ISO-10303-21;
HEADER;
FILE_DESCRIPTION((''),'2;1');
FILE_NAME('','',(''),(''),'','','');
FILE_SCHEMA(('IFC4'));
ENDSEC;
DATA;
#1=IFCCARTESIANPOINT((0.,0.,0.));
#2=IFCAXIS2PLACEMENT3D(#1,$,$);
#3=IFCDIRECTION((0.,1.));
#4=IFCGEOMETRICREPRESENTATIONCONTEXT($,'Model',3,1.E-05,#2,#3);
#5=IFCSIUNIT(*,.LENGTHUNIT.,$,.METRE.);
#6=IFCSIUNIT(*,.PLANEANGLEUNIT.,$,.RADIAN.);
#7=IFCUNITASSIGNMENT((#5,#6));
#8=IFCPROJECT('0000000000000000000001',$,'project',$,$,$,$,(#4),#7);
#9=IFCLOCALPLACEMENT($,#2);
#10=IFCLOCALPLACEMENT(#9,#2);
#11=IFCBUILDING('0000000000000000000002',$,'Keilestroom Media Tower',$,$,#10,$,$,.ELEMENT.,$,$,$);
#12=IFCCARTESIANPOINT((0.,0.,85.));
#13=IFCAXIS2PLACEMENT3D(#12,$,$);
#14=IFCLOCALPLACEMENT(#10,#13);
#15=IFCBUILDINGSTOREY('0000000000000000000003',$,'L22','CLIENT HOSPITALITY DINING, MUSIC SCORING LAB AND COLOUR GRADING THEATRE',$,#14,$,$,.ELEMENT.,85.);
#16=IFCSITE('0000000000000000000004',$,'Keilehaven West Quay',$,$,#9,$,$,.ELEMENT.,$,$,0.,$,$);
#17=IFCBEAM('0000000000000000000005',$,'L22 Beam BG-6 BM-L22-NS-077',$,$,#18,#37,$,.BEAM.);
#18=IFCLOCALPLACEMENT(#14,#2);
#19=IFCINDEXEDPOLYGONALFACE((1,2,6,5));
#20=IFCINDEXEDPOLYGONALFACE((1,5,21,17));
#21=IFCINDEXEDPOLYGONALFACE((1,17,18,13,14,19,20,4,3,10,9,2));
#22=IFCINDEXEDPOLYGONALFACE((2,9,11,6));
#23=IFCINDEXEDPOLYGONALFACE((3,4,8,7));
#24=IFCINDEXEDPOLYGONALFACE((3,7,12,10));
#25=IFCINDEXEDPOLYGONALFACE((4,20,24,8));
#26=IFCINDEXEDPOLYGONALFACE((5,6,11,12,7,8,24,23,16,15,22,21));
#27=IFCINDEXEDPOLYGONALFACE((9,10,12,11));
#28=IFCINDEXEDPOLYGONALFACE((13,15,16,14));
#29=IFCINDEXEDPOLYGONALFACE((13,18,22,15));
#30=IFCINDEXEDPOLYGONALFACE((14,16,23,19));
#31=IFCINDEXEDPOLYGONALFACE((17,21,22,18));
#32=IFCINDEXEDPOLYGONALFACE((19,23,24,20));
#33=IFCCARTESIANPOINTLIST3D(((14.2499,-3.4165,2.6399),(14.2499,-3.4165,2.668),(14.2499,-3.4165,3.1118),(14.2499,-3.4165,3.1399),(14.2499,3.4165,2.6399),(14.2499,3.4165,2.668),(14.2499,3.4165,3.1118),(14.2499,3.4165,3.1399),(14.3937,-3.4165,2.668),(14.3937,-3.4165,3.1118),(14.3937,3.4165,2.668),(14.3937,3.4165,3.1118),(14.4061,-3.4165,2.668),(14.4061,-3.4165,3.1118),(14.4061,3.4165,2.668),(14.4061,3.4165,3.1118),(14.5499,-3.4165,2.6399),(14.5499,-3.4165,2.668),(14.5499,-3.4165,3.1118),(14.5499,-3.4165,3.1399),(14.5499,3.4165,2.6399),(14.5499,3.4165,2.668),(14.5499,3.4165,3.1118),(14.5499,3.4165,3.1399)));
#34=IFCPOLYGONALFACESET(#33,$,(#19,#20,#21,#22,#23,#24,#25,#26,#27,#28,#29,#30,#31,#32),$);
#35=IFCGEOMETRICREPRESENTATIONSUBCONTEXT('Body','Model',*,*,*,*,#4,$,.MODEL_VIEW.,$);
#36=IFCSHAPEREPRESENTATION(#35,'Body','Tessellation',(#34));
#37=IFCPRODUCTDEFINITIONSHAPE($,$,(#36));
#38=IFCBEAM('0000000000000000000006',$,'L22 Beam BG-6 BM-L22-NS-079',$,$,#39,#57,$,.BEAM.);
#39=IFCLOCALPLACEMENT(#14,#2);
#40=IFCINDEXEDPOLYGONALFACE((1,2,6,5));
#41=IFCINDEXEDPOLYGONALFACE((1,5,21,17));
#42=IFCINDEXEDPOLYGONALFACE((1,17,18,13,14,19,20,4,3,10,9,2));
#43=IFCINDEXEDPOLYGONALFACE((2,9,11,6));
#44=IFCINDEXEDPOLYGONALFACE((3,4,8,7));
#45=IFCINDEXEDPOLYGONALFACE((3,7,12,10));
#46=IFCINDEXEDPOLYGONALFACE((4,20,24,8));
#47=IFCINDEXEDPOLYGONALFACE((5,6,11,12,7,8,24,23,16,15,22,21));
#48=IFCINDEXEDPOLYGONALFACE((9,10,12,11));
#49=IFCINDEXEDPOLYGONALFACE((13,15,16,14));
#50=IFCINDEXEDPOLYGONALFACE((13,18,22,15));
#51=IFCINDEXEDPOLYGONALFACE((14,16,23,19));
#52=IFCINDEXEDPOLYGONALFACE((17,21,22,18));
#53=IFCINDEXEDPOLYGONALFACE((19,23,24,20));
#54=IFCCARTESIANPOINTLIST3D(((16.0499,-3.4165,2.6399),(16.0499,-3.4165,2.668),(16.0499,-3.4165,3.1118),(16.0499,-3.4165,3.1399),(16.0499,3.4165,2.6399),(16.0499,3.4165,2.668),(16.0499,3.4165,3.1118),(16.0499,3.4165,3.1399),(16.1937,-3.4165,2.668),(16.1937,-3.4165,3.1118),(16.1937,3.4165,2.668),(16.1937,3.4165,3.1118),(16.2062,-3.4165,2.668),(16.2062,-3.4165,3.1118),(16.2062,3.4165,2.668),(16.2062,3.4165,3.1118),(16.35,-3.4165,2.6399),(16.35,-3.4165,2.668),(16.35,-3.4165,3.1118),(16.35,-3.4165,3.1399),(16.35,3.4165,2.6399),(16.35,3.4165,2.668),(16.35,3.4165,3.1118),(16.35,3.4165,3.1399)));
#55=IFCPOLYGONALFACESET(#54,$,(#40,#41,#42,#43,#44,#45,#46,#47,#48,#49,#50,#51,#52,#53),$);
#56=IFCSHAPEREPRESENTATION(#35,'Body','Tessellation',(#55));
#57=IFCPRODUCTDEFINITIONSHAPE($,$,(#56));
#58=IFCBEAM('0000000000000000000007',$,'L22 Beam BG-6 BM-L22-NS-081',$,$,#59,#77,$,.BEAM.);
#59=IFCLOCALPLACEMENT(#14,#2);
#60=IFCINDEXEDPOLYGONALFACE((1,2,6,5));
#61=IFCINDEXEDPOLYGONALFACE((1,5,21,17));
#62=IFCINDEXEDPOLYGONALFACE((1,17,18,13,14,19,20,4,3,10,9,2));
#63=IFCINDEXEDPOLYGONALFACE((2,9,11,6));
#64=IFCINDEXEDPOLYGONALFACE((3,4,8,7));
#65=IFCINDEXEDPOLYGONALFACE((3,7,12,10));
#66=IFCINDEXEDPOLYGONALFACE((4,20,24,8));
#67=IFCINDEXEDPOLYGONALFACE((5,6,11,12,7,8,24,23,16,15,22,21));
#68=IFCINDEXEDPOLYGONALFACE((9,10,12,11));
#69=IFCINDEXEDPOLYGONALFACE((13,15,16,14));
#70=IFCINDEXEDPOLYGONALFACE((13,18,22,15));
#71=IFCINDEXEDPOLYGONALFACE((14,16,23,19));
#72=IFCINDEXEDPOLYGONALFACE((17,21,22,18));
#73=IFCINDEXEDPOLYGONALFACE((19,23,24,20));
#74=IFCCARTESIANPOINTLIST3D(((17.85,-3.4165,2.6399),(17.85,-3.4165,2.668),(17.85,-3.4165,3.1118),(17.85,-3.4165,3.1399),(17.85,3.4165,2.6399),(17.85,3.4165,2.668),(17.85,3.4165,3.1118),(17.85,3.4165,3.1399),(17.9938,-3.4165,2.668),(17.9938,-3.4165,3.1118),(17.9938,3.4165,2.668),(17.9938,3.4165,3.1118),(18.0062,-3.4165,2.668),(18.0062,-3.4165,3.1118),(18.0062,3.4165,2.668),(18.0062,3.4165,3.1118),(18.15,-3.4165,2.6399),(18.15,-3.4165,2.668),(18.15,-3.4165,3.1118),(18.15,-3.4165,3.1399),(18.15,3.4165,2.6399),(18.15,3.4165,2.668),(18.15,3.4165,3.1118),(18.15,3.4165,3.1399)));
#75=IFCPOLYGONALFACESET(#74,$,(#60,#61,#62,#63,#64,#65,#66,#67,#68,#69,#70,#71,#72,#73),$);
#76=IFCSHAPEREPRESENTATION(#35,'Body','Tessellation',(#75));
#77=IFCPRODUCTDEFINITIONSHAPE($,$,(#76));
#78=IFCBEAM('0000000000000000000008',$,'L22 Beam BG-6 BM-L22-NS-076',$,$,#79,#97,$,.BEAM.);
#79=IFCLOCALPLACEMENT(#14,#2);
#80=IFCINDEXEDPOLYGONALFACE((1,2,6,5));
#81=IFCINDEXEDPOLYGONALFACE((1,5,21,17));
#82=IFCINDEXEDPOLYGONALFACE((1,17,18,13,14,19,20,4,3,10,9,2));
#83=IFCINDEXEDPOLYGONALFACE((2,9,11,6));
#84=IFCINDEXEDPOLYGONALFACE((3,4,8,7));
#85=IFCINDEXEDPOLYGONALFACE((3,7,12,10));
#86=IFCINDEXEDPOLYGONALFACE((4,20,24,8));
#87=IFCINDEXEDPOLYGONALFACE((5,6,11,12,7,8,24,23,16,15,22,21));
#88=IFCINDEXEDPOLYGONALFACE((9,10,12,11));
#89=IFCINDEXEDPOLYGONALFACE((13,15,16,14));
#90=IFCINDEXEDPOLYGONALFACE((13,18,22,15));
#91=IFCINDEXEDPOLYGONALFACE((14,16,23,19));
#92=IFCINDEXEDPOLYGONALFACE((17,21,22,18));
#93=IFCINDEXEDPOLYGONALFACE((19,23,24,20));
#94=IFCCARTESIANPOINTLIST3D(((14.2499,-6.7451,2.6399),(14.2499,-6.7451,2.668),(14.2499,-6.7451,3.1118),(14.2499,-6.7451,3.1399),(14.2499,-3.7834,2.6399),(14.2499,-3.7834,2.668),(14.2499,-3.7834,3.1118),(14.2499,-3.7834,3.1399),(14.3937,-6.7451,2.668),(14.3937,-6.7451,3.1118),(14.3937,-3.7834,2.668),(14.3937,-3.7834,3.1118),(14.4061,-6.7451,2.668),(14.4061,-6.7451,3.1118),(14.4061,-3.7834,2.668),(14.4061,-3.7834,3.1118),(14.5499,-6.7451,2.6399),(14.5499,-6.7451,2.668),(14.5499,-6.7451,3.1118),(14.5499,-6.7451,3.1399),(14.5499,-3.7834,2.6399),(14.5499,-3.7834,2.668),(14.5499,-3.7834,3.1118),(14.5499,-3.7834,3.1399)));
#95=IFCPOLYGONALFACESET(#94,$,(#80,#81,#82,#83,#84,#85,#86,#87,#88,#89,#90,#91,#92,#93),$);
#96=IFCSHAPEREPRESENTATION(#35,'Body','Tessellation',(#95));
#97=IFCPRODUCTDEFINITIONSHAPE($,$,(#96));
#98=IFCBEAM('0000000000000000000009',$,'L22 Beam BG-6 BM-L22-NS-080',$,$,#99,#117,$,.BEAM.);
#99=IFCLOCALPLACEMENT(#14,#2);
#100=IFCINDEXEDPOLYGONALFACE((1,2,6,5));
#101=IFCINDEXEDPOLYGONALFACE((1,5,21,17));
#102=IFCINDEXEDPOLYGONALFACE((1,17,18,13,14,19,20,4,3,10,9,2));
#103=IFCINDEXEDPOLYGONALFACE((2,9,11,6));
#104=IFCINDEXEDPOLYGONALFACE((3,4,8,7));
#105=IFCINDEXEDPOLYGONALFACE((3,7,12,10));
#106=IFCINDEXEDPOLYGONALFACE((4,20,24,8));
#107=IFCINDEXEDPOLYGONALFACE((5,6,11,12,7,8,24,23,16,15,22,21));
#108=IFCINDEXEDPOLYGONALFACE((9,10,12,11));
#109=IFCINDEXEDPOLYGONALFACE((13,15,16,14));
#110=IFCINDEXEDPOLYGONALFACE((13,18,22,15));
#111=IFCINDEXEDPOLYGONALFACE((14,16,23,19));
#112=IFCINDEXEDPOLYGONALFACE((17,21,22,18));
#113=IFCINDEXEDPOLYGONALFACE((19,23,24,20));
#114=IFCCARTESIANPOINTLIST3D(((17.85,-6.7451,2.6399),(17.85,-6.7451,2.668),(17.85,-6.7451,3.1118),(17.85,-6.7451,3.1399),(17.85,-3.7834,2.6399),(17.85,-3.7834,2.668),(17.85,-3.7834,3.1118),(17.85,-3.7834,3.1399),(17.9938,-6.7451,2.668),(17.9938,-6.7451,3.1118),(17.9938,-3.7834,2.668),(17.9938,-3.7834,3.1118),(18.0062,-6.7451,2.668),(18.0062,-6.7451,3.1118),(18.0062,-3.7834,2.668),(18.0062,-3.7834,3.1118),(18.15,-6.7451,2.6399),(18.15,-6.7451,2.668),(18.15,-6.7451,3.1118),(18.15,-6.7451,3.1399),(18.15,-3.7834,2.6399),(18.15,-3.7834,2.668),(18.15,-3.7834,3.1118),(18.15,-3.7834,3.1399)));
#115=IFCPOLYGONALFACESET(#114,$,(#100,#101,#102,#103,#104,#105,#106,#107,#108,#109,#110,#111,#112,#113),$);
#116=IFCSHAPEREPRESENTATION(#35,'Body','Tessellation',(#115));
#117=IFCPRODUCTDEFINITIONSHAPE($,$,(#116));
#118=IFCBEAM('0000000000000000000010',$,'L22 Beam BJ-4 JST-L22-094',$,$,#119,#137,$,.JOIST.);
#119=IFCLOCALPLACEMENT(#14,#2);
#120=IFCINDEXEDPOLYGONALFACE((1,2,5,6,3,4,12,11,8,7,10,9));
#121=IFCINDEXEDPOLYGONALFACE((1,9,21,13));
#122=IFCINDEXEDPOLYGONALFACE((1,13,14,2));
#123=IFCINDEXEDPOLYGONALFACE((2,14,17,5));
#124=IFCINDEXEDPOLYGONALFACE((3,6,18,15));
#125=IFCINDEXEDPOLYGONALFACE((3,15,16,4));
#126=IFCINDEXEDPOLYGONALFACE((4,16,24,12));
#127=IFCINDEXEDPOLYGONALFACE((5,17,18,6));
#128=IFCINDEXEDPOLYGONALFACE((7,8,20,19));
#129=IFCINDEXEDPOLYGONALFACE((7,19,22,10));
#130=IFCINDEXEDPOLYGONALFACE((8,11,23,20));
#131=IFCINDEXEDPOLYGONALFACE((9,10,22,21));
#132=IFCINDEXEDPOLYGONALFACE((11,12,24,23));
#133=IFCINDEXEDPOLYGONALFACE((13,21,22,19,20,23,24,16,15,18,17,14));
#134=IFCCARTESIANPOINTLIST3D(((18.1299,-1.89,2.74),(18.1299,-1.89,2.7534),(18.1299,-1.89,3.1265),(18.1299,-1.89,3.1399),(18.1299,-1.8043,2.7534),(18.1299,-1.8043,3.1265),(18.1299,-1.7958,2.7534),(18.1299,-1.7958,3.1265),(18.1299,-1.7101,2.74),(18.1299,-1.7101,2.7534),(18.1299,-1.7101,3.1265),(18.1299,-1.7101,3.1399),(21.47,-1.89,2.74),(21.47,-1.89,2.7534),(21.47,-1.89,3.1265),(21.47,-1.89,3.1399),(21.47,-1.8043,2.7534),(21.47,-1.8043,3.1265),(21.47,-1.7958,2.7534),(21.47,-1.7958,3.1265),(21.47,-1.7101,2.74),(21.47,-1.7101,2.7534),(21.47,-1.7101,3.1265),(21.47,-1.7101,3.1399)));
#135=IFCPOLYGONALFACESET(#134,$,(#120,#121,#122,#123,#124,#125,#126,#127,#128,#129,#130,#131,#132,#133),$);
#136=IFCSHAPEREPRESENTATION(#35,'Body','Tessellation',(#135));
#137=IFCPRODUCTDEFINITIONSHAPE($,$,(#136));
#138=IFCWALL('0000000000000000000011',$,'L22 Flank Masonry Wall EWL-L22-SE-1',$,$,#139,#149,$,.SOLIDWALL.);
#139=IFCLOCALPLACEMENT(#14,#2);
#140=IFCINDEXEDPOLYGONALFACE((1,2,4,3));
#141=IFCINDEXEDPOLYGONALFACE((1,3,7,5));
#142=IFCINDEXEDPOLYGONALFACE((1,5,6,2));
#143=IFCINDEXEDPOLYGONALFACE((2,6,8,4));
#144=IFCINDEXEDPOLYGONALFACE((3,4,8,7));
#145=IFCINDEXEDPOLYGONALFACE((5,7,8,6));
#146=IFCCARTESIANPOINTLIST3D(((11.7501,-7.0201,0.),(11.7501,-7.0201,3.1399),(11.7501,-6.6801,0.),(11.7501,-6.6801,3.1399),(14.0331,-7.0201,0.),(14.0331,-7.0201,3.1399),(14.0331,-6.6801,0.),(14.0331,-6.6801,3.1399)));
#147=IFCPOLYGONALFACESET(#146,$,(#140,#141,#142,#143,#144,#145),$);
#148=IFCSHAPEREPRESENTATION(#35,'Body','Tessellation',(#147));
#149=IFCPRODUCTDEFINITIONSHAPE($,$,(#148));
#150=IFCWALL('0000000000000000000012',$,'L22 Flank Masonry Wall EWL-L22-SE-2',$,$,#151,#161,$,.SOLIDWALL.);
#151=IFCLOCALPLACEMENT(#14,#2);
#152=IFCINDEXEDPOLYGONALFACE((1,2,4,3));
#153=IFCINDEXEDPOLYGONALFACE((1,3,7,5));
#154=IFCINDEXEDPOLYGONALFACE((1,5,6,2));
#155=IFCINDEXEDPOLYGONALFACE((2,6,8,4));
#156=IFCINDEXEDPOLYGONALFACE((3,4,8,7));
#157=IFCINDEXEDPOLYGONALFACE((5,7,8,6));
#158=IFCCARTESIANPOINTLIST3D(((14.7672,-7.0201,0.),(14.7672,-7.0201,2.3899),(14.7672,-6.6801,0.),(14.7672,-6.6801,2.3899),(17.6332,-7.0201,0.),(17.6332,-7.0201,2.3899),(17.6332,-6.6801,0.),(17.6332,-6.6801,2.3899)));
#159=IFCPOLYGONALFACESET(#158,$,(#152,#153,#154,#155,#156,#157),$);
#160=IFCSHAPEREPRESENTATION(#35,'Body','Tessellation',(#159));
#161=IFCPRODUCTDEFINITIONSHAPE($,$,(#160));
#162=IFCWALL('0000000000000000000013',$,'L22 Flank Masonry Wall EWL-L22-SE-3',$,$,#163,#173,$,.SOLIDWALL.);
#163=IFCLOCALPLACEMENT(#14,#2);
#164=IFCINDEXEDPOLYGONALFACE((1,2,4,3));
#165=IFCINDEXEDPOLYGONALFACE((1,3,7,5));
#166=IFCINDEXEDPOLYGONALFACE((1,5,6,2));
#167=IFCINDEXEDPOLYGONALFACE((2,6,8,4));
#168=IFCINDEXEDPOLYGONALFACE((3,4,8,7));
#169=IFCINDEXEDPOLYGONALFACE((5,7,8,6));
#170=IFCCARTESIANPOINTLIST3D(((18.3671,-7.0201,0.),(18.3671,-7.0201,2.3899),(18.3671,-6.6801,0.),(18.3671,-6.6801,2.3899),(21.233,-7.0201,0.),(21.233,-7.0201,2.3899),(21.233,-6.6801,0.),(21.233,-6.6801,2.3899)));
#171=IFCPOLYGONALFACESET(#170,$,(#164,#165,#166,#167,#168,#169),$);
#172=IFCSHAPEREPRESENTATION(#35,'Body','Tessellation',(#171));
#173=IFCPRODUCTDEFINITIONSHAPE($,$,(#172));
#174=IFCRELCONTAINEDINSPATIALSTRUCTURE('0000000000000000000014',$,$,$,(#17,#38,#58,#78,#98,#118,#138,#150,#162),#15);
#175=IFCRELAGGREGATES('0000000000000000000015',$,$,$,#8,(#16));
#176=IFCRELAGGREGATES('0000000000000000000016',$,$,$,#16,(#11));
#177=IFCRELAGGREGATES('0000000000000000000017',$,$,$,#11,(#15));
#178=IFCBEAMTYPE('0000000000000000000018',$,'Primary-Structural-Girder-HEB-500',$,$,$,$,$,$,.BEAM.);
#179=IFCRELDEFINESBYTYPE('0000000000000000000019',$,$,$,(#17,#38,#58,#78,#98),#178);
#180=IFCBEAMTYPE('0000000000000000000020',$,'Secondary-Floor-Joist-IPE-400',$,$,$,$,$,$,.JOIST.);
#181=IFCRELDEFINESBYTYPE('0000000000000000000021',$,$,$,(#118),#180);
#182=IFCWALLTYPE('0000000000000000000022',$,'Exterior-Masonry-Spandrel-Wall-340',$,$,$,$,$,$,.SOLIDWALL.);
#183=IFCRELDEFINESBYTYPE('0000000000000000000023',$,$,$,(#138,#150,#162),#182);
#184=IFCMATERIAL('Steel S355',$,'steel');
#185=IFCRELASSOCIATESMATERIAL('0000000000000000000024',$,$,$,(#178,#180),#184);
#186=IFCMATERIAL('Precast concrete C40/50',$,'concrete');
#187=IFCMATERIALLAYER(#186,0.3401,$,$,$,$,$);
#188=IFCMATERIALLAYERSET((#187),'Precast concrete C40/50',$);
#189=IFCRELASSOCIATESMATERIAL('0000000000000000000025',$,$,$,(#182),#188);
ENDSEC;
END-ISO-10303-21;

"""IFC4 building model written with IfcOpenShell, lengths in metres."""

from ifc_helpers import new_model, si_unit, direction, frame, frame_2d, origin, origin_2d, place, context, subcontext, project, spatial, rectangle, i_section, extrude, source, transform, mapped, material, layer, layer_set, material_profile, profile_set, type_object, element, save


model = new_model("IFC4")

# Units and contexts
model_context = context("Model", 3, precision=1e-05, world=origin(), true_north=direction((0.0, 1.0)))
body_context = subcontext(model_context, "Body", "Model", "MODEL_VIEW")
ifc_project = project(units=[si_unit("LENGTHUNIT", "METRE"), si_unit("PLANEANGLEUNIT", "RADIAN")], contexts=[model_context])

# Site, building, storey
site_placement = place(None, origin())
site = spatial("IfcSite", under=ifc_project, at=site_placement, Name="Keilehaven West Quay", CompositionType="ELEMENT", RefElevation=0.0)
building_placement = place(site_placement, origin())
building = spatial("IfcBuilding", under=site, at=building_placement, Name="Keilestroom Media Tower", CompositionType="ELEMENT")
storey_placement = place(building_placement, frame((0.0, 0.0, 85.0)))
storey = spatial("IfcBuildingStorey", under=building, at=storey_placement, Name="L22", Description="CLIENT HOSPITALITY DINING, MUSIC SCORING LAB AND COLOUR GRADING THEATRE", CompositionType="ELEMENT", Elevation=85.0)

# Shared definitions
ifc_material_1 = material(Name="Precast concrete C40/50", Category="concrete")

# Beams
ifc_material_2 = material(Name="Steel S355", Category="steel")
ifc_material_profile_1 = material_profile(ifc_material_2, i_section(OverallWidth=0.3, OverallDepth=0.5, WebThickness=0.0125, FlangeThickness=0.0281, at=origin_2d()), Name="HEB 500")
ifc_profile_set_1 = profile_set([ifc_material_profile_1], Name="Steel S355")
beam_type_1 = type_object("IfcBeamType", Name="Primary-Structural-Girder-HEB-500", PredefinedType="BEAM", material=ifc_profile_set_1)
shared_shape_1 = source(origin(), body_context, "Body", "SweptSolid", [
    extrude(i_section(OverallWidth=0.3, OverallDepth=0.5, WebThickness=0.0125, FlangeThickness=0.0281, at=origin_2d()), origin(), (0.0, 0.0, 1.0), 6.833),
])
for number, where, z_axis, x_axis, name in (
    (1, (14.3999, -3.4165, 2.8899), (0.0, 1.0, 0.0), (-1.0, 0.0, 0.0), "L22 Beam BG-6 BM-L22-NS-077"),
    (2, (16.2, -3.4165, 2.8899), (0.0, 1.0, 0.0), (-1.0, 0.0, 0.0), "L22 Beam BG-6 BM-L22-NS-079"),
    (3, (18.0, -3.4165, 2.8899), (0.0, 1.0, 0.0), (-1.0, 0.0, 0.0), "L22 Beam BG-6 BM-L22-NS-081"),
):
    element("IfcBeam", number, at=place(storey_placement, frame(where, z_axis=z_axis, x_axis=x_axis)), inside=storey, type_object=beam_type_1, Name=name, PredefinedType="BEAM", context=body_context, shape_type="MappedRepresentation", body=[
        mapped(shared_shape_1, transform((0.0, 0.0, 0.0), x_axis=(1.0, 0.0, 0.0), y_axis=(0.0, 1.0, 0.0), z_axis=(0.0, 0.0, 1.0), scale=1.0)),
    ])
shared_shape_2 = source(origin(), body_context, "Body", "SweptSolid", [
    extrude(i_section(OverallWidth=0.3, OverallDepth=0.5, WebThickness=0.0125, FlangeThickness=0.0281, at=origin_2d()), origin(), (0.0, 0.0, 1.0), 2.9617),
])
for number, where, z_axis, x_axis, name in (
    (4, (14.3999, -6.7451, 2.8899), (0.0, 1.0, 0.0), (-1.0, 0.0, 0.0), "L22 Beam BG-6 BM-L22-NS-076"),
    (5, (18.0, -6.7451, 2.8899), (0.0, 1.0, 0.0), (-1.0, 0.0, 0.0), "L22 Beam BG-6 BM-L22-NS-080"),
):
    element("IfcBeam", number, at=place(storey_placement, frame(where, z_axis=z_axis, x_axis=x_axis)), inside=storey, type_object=beam_type_1, Name=name, PredefinedType="BEAM", context=body_context, shape_type="MappedRepresentation", body=[
        mapped(shared_shape_2, transform((0.0, 0.0, 0.0), x_axis=(1.0, 0.0, 0.0), y_axis=(0.0, 1.0, 0.0), z_axis=(0.0, 0.0, 1.0), scale=1.0)),
    ])
ifc_material_profile_2 = material_profile(ifc_material_2, i_section(OverallWidth=0.1799, OverallDepth=0.3999, WebThickness=0.0085, FlangeThickness=0.0134, at=origin_2d()), Name="IPE 400")
ifc_profile_set_2 = profile_set([ifc_material_profile_2], Name="Steel S355")
beam_type_2 = type_object("IfcBeamType", Name="Secondary-Floor-Joist-IPE-400", PredefinedType="JOIST", material=ifc_profile_set_2)
shared_shape_3 = source(origin(), body_context, "Body", "SweptSolid", [
    extrude(i_section(OverallWidth=0.1799, OverallDepth=0.3999, WebThickness=0.0085, FlangeThickness=0.0134, at=origin_2d()), origin(), (0.0, 0.0, 1.0), 3.3401),
])
beam_1_placement = place(storey_placement, frame((18.1299, -1.8, 2.9399), z_axis=(1.0, 0.0, 0.0), x_axis=(0.0, 1.0, 0.0)))
element("IfcBeam", 6, at=beam_1_placement, inside=storey, type_object=beam_type_2, Name="L22 Beam BJ-4 JST-L22-094", PredefinedType="JOIST", context=body_context, shape_type="MappedRepresentation", body=[
    mapped(shared_shape_3, transform((0.0, 0.0, 0.0), x_axis=(1.0, 0.0, 0.0), y_axis=(0.0, 1.0, 0.0), z_axis=(0.0, 0.0, 1.0), scale=1.0)),
])

# Walls
ifc_layer_1 = layer(ifc_material_1, 0.3401)
ifc_layer_set_1 = layer_set([ifc_layer_1], Name="Precast concrete C40/50")
wall_type_1 = type_object("IfcWallType", Name="Exterior-Masonry-Spandrel-Wall-340", PredefinedType="SOLIDWALL", material=ifc_layer_set_1)
wall_1_placement = place(storey_placement, frame((11.75, -6.8501, 0.0), z_axis=(0.0, 0.0, 1.0), x_axis=(1.0, 0.0, 0.0)))
element("IfcWall", 7, at=wall_1_placement, inside=storey, type_object=wall_type_1, Name="L22 Flank Masonry Wall EWL-L22-SE-1", PredefinedType="SOLIDWALL", context=body_context, shape_type="SweptSolid", body=[
    extrude(rectangle(XDim=2.283, YDim=0.3401, at=frame_2d((1.1416, 0.0))), origin(), (0.0, 0.0, 1.0), 3.1399),
])
for number, where, z_axis, x_axis, name in (
    (8, (14.7671, -6.8501, 0.0), (0.0, 0.0, 1.0), (1.0, 0.0, 0.0), "L22 Flank Masonry Wall EWL-L22-SE-2"),
    (9, (18.3669, -6.8501, 0.0), (0.0, 0.0, 1.0), (1.0, 0.0, 0.0), "L22 Flank Masonry Wall EWL-L22-SE-3"),
):
    element("IfcWall", number, at=place(storey_placement, frame(where, z_axis=z_axis, x_axis=x_axis)), inside=storey, type_object=wall_type_1, Name=name, PredefinedType="SOLIDWALL", context=body_context, shape_type="SweptSolid", body=[
        extrude(rectangle(XDim=2.866, YDim=0.3401, at=frame_2d((1.4331, 0.0))), origin(), (0.0, 0.0, 1.0), 2.3899),
    ])

save(model, "model.ifc")
